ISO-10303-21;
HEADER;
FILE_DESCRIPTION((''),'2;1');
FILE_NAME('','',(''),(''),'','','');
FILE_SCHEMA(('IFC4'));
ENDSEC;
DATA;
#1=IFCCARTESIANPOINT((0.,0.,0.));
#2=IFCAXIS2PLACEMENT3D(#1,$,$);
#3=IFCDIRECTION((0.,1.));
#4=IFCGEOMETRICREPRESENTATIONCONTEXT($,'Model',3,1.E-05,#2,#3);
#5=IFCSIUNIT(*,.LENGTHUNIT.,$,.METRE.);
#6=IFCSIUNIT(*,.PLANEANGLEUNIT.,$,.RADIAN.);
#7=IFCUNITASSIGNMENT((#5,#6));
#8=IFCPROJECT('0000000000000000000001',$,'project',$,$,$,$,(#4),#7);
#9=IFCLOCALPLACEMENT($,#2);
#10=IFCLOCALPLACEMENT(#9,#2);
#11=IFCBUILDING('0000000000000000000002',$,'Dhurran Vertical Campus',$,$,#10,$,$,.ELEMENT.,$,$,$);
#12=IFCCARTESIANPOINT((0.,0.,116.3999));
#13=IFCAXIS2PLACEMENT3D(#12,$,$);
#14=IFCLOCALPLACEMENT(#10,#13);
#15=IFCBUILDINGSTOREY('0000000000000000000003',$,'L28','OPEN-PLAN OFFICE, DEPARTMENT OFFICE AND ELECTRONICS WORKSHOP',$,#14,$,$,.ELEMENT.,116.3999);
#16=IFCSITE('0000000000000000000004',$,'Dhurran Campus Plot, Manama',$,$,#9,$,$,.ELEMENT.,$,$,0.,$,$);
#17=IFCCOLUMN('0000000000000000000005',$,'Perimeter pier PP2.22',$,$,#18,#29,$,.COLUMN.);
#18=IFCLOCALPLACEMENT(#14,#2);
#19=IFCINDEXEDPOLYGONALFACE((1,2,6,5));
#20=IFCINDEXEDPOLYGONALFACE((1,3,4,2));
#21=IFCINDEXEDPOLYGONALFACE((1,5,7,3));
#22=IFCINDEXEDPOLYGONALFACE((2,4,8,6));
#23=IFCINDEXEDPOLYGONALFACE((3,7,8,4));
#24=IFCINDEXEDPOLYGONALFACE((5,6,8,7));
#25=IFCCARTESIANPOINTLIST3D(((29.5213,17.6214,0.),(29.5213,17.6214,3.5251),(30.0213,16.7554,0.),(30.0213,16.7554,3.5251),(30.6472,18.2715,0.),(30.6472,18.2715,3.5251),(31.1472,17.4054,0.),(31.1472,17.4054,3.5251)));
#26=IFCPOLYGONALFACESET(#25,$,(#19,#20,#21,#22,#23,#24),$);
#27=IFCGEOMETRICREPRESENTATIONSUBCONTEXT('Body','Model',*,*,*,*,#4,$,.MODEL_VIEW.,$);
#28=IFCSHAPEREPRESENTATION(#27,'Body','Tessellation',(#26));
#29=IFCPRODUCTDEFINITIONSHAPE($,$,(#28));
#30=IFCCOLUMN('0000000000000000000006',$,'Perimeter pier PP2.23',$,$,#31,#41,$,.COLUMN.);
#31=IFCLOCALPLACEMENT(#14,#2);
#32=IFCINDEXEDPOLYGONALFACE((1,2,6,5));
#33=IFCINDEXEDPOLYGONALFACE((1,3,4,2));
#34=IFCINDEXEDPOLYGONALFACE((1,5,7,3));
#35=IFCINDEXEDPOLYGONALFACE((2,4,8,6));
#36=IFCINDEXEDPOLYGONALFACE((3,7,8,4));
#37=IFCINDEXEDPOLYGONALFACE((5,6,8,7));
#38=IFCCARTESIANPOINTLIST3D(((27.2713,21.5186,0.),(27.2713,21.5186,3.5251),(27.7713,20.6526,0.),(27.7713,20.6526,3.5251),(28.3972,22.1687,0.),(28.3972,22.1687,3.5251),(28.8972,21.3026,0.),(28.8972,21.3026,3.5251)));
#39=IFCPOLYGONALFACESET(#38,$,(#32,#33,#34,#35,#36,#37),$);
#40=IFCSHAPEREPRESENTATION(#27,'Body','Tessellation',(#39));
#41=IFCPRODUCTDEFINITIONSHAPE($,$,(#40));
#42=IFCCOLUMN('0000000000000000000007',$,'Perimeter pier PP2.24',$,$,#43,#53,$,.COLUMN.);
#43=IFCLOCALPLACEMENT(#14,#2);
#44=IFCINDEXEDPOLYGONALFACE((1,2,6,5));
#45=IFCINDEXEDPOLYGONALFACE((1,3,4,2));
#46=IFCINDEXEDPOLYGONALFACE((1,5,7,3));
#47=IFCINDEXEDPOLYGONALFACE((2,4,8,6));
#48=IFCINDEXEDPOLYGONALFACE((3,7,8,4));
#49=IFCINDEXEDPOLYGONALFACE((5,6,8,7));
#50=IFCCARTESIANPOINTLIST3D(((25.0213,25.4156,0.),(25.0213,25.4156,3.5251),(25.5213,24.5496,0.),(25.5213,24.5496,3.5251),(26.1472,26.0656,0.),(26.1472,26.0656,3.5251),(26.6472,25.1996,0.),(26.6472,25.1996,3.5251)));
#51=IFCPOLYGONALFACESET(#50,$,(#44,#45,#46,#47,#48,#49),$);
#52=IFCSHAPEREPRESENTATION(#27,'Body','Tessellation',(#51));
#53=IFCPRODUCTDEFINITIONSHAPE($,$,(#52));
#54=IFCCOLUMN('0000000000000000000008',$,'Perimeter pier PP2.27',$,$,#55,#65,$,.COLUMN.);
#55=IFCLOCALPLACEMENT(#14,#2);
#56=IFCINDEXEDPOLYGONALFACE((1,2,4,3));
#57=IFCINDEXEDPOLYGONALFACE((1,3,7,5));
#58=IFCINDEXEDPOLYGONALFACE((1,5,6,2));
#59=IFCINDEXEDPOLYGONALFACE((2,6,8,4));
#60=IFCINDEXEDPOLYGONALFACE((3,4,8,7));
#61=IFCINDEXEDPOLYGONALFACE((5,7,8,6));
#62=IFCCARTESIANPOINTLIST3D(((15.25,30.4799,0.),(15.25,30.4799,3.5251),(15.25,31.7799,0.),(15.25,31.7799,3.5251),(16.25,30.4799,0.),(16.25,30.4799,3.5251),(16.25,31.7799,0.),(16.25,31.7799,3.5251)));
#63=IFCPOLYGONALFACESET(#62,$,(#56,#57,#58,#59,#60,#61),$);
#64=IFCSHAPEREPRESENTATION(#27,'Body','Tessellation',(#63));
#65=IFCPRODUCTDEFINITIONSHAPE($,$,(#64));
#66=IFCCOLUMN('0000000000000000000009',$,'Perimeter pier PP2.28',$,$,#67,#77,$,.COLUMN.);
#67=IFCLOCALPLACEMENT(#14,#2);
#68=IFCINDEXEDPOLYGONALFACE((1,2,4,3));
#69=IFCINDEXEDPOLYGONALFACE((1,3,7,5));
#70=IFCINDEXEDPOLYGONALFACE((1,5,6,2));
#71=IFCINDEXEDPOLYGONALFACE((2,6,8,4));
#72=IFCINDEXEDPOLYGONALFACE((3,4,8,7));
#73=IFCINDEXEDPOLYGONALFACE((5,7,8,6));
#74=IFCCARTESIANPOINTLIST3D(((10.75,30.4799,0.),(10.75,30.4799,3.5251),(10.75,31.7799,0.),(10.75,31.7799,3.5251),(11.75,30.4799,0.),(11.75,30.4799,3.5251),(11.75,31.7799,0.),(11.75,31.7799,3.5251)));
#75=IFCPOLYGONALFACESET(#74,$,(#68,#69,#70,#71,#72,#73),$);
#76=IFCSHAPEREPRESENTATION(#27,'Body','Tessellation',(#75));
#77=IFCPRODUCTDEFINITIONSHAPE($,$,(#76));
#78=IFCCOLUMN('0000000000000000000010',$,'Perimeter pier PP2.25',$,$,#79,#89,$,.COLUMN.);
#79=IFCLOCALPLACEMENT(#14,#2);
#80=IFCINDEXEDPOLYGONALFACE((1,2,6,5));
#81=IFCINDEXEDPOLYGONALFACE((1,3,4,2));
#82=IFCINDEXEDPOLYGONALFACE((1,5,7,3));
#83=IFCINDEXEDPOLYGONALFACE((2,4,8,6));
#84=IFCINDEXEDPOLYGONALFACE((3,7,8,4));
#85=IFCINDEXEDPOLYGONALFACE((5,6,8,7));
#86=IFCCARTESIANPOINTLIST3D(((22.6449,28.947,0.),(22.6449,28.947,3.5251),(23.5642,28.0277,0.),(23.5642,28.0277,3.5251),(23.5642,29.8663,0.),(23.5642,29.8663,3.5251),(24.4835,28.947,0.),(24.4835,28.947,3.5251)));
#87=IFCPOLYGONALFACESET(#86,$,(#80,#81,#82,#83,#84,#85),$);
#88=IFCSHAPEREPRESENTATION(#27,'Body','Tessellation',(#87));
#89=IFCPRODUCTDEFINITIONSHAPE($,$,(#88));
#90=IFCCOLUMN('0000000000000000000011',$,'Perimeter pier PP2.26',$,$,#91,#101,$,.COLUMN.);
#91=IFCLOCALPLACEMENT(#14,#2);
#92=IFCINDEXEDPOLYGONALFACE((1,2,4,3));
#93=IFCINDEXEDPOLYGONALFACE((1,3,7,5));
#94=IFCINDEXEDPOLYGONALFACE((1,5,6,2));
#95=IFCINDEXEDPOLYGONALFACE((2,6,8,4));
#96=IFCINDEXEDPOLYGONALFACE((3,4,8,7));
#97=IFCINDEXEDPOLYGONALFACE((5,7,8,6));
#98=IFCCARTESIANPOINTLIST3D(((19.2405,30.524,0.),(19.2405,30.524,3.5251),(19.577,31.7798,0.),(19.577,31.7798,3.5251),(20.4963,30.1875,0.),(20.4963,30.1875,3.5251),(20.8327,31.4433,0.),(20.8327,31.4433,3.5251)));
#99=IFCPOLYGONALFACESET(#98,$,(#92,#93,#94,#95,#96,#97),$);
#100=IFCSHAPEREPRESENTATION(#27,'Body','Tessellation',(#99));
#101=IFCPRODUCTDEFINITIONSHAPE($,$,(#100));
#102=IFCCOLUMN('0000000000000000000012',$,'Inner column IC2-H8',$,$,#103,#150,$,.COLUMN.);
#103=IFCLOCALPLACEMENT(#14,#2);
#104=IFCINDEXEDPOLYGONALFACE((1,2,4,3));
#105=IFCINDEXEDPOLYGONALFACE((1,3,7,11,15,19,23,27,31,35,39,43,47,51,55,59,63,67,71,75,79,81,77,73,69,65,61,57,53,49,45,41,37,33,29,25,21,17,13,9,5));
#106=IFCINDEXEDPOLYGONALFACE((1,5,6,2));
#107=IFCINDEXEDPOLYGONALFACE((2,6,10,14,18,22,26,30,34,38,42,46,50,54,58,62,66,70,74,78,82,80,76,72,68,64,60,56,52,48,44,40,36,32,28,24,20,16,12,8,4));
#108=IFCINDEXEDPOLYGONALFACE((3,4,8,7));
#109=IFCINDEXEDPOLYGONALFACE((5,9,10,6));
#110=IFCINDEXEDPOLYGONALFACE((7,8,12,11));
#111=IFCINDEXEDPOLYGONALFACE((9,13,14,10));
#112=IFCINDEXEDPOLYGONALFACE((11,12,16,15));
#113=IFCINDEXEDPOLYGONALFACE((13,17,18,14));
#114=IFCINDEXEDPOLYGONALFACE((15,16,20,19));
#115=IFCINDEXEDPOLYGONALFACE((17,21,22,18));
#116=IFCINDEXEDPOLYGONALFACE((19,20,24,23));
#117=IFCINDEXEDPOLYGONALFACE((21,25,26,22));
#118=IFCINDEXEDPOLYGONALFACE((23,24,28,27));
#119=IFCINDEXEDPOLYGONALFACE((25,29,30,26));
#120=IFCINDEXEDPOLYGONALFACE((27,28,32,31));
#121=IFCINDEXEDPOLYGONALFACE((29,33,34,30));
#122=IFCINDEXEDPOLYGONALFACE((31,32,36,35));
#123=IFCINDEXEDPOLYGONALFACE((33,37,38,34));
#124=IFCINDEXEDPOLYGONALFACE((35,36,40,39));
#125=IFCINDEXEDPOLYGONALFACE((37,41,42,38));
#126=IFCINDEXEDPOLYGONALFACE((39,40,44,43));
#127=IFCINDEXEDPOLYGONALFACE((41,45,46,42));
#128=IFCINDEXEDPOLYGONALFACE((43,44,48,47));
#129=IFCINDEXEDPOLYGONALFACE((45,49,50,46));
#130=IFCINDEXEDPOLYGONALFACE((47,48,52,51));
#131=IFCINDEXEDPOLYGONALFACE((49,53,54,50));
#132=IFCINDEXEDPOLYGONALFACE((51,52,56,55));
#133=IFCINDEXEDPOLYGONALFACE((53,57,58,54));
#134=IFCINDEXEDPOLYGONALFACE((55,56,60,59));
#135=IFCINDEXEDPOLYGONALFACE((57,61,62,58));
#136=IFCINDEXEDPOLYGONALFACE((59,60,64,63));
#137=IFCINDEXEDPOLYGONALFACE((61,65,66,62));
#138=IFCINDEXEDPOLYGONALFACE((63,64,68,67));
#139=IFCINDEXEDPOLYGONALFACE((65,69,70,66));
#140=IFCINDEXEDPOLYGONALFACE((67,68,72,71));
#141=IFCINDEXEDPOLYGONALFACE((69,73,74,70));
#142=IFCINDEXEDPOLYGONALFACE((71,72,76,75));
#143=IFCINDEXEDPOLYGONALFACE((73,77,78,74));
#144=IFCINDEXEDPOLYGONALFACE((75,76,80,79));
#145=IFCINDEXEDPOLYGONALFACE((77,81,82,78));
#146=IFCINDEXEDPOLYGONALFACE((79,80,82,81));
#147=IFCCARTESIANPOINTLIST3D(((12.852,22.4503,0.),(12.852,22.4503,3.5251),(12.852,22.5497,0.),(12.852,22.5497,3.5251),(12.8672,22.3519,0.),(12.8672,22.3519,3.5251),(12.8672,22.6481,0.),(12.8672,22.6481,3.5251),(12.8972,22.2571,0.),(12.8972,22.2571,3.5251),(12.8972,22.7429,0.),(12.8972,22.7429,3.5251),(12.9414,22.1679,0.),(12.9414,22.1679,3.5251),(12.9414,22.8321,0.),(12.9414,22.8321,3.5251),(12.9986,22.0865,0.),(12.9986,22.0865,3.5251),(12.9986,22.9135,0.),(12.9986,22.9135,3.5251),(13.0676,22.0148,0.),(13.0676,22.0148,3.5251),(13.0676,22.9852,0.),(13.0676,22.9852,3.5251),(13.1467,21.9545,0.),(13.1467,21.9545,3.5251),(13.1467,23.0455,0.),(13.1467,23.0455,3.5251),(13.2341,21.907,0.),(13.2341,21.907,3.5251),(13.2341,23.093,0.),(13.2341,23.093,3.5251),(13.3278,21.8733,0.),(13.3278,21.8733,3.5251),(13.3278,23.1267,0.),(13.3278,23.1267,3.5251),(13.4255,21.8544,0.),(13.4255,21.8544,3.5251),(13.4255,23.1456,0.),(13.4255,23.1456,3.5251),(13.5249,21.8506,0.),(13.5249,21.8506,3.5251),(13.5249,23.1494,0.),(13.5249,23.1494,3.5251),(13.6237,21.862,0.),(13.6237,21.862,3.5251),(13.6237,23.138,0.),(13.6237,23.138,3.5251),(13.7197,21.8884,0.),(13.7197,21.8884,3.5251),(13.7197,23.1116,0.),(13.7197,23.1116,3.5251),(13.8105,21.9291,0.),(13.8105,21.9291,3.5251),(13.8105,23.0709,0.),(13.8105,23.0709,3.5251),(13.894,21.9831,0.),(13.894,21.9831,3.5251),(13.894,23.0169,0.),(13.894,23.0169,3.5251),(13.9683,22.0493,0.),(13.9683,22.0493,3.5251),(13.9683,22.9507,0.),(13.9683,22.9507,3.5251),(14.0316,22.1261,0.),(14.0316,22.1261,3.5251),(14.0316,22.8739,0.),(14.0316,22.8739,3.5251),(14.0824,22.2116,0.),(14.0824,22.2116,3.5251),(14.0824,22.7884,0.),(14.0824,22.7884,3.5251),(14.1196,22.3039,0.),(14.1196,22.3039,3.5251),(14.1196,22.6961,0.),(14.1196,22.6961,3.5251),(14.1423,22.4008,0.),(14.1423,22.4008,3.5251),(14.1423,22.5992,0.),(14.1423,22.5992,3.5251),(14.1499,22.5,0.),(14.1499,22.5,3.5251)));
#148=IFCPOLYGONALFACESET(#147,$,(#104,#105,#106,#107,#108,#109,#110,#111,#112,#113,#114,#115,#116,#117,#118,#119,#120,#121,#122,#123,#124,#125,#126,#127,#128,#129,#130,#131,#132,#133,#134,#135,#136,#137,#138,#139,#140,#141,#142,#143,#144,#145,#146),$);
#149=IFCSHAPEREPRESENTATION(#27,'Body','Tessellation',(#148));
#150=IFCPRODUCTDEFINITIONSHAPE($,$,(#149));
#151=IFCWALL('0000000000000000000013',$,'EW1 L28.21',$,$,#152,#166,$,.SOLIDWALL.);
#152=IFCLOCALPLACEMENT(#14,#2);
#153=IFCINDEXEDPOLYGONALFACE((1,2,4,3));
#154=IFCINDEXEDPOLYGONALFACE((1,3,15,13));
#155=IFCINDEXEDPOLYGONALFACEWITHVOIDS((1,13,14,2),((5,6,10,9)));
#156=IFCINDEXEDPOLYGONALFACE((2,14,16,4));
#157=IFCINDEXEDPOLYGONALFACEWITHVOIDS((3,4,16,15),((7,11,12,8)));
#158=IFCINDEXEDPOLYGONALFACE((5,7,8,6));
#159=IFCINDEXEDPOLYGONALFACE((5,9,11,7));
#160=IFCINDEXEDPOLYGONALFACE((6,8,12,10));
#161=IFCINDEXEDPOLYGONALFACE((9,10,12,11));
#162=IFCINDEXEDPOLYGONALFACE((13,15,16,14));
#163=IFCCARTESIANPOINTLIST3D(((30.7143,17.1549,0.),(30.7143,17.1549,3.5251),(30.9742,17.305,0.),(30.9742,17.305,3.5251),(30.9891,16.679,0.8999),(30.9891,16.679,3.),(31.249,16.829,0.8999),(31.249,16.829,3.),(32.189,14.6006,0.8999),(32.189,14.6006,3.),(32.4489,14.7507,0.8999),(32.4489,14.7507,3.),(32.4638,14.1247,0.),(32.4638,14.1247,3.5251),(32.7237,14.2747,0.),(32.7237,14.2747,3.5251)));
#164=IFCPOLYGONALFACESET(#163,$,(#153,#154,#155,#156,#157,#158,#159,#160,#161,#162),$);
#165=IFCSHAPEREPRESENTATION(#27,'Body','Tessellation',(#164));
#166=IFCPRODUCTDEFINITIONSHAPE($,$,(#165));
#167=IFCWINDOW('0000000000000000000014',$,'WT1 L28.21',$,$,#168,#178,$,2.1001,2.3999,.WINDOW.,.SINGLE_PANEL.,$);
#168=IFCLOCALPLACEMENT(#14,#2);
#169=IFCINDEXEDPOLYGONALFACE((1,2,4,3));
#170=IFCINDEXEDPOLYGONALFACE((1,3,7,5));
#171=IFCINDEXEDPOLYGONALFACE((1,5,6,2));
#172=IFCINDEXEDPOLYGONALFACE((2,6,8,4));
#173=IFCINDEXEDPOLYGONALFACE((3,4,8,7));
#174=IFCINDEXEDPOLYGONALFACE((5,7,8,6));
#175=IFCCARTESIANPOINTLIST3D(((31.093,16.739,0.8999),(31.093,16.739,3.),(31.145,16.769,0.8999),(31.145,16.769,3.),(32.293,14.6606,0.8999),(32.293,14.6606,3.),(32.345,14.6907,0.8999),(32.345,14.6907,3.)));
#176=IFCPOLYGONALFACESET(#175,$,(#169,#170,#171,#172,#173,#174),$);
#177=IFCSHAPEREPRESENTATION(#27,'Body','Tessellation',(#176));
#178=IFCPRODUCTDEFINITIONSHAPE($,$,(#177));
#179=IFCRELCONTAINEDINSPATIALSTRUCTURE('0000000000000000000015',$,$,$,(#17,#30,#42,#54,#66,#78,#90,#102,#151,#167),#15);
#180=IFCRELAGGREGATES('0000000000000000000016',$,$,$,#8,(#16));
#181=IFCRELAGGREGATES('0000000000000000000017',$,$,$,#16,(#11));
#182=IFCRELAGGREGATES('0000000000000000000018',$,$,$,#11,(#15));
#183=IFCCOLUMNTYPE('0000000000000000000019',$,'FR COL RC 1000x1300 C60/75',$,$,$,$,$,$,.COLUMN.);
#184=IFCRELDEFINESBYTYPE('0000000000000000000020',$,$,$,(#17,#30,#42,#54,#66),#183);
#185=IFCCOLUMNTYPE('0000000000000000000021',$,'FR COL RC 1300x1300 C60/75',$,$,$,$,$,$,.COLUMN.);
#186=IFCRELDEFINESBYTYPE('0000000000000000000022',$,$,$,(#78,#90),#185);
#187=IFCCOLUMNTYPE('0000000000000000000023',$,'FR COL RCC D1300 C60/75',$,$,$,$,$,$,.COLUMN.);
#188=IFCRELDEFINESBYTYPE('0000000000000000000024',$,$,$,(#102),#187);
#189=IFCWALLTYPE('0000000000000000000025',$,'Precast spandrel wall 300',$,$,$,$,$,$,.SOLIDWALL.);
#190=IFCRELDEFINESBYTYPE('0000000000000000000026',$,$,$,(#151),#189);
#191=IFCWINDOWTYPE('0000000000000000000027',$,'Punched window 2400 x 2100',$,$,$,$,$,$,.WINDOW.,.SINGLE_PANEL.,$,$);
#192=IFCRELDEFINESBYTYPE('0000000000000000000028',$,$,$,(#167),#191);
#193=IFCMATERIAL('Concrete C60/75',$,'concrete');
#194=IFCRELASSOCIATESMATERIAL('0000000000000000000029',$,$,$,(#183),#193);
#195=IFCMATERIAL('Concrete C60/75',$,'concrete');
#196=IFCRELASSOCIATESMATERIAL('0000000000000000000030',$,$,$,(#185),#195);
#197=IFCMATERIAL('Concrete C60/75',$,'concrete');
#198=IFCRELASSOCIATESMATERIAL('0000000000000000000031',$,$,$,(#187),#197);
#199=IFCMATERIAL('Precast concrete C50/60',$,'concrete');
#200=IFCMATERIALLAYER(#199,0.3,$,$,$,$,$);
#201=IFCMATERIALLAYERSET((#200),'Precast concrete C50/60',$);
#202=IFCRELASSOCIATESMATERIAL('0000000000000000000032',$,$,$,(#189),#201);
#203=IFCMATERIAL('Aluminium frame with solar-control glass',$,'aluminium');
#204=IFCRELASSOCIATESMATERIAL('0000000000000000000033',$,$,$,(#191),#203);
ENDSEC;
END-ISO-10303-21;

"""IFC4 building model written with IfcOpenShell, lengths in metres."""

from ifc_helpers import new_model, si_unit, direction, frame, frame_2d, origin, origin_2d, place, context, subcontext, project, spatial, rectangle, circle, extrude, material, layer, layer_set, material_profile, profile_set, type_object, element, fill, save


model = new_model("IFC4")

# Units and contexts
model_context = context("Model", 3, precision=1e-05, world=origin(), true_north=direction((0.0, 1.0)))
body_context = subcontext(model_context, "Body", "Model", "MODEL_VIEW")
ifc_project = project(units=[si_unit("LENGTHUNIT", "METRE"), si_unit("PLANEANGLEUNIT", "RADIAN")], contexts=[model_context])

# Site, building, storey
site_placement = place(None, origin())
site = spatial("IfcSite", under=ifc_project, at=site_placement, Name="Dhurran Campus Plot, Manama", CompositionType="ELEMENT", RefElevation=0.0)
building_placement = place(site_placement, origin())
building = spatial("IfcBuilding", under=site, at=building_placement, Name="Dhurran Vertical Campus", CompositionType="ELEMENT")
storey_placement = place(building_placement, frame((0.0, 0.0, 116.3999)))
storey = spatial("IfcBuildingStorey", under=building, at=storey_placement, Name="L28", Description="OPEN-PLAN OFFICE, DEPARTMENT OFFICE AND ELECTRONICS WORKSHOP", CompositionType="ELEMENT", Elevation=116.3999)

# Columns
ifc_material_1 = material(Name="Concrete C60/75", Category="concrete")
ifc_material_profile_1 = material_profile(ifc_material_1, rectangle(XDim=1.0, YDim=1.3, at=origin_2d()), Name="RC 1000x1300")
ifc_profile_set_1 = profile_set([ifc_material_profile_1], Name="Concrete C60/75")
column_type_1 = type_object("IfcColumnType", Name="FR COL RC 1000x1300 C60/75", PredefinedType="COLUMN", material=ifc_profile_set_1)
for number, where, z_axis, x_axis, name in (
    (1, (30.3342, 17.5134, 0.0), (0.0, 0.0, 1.0), (-0.5, 0.866025, 0.0), "Perimeter pier PP2.22"),
    (2, (28.0842, 21.4106, 0.0), (0.0, 0.0, 1.0), (-0.5, 0.866025, 0.0), "Perimeter pier PP2.23"),
    (3, (25.8342, 25.3076, 0.0), (0.0, 0.0, 1.0), (-0.5, 0.866025, 0.0), "Perimeter pier PP2.24"),
    (4, (15.75, 31.1299, 0.0), (0.0, 0.0, 1.0), (-1.0, 0.0, 0.0), "Perimeter pier PP2.27"),
    (5, (11.25, 31.1299, 0.0), (0.0, 0.0, 1.0), (-1.0, 0.0, 0.0), "Perimeter pier PP2.28"),
):
    element("IfcColumn", number, at=place(storey_placement, frame(where, z_axis=z_axis, x_axis=x_axis)), inside=storey, type_object=column_type_1, Name=name, PredefinedType="COLUMN", context=body_context, shape_type="SweptSolid", body=[
        extrude(rectangle(XDim=1.0, YDim=1.3, at=origin_2d()), origin(), (0.0, 0.0, 1.0), 3.5251),
    ])
ifc_material_2 = material(Name="Concrete C60/75", Category="concrete")
ifc_material_profile_2 = material_profile(ifc_material_2, rectangle(XDim=1.3, YDim=1.3, at=origin_2d()), Name="RC 1300x1300")
ifc_profile_set_2 = profile_set([ifc_material_profile_2], Name="Concrete C60/75")
column_type_2 = type_object("IfcColumnType", Name="FR COL RC 1300x1300 C60/75", PredefinedType="COLUMN", material=ifc_profile_set_2)
for number, where, z_axis, x_axis, name in (
    (6, (23.5642, 28.947, 0.0), (0.0, 0.0, 1.0), (-0.707107, 0.707107, 0.0), "Perimeter pier PP2.25"),
    (7, (20.0366, 30.9836, 0.0), (0.0, 0.0, 1.0), (-0.965926, 0.258819, 0.0), "Perimeter pier PP2.26"),
):
    element("IfcColumn", number, at=place(storey_placement, frame(where, z_axis=z_axis, x_axis=x_axis)), inside=storey, type_object=column_type_2, Name=name, PredefinedType="COLUMN", context=body_context, shape_type="SweptSolid", body=[
        extrude(rectangle(XDim=1.3, YDim=1.3, at=origin_2d()), origin(), (0.0, 0.0, 1.0), 3.5251),
    ])
ifc_material_3 = material(Name="Concrete C60/75", Category="concrete")
ifc_material_profile_3 = material_profile(ifc_material_3, circle(Radius=0.6499, at=origin_2d()), Name="RCC D1300")
ifc_profile_set_3 = profile_set([ifc_material_profile_3], Name="Concrete C60/75")
column_type_3 = type_object("IfcColumnType", Name="FR COL RCC D1300 C60/75", PredefinedType="COLUMN", material=ifc_profile_set_3)
column_placement = place(storey_placement, frame((13.5, 22.5, 0.0), z_axis=(0.0, 0.0, 1.0), x_axis=(1.0, 0.0, 0.0)))
element("IfcColumn", 8, at=column_placement, inside=storey, type_object=column_type_3, Name="Inner column IC2-H8", PredefinedType="COLUMN", context=body_context, shape_type="SweptSolid", body=[
    extrude(circle(Radius=0.6499, at=origin_2d()), origin(), (0.0, 0.0, 1.0), 3.5251),
])

# Wall, opening, window
ifc_material_4 = material(Name="Precast concrete C50/60", Category="concrete")
ifc_layer_1 = layer(ifc_material_4, 0.3)
ifc_layer_set_1 = layer_set([ifc_layer_1], Name="Precast concrete C50/60")
wall_type_1 = type_object("IfcWallType", Name="Precast spandrel wall 300", PredefinedType="SOLIDWALL", material=ifc_layer_set_1)
wall_1_placement = place(storey_placement, frame((32.5938, 14.1997, 0.0), z_axis=(0.0, 0.0, 1.0), x_axis=(-0.499996, 0.866028, 0.0)))
wall_1 = element("IfcWall", 9, at=wall_1_placement, inside=storey, type_object=wall_type_1, Name="EW1 L28.21", PredefinedType="SOLIDWALL", context=body_context, shape_type="SweptSolid", body=[
    extrude(rectangle(XDim=3.499, YDim=0.3, at=frame_2d((1.7495, 0.0))), origin(), (0.0, 0.0, 1.0), 3.5251),
])
opening_1_placement = place(wall_1_placement, frame((0.5496, 0.0, 0.8999)))
opening_1 = element("IfcOpeningElement", 10, at=opening_1_placement, cuts=wall_1, PredefinedType="OPENING", context=body_context, shape_type="SweptSolid", body=[
    extrude(rectangle(XDim=2.3999, YDim=2.1001, at=frame_2d((1.2, 1.05))), frame((0.0, 0.1599, 0.0), z_axis=(0.0, -1.0, 0.0), x_axis=(1.0, 0.0, 0.0)), (0.0, 0.0, 1.0), 0.3201),
])
ifc_material_5 = material(Name="Aluminium frame with solar-control glass", Category="aluminium")
window_type = type_object("IfcWindowType", Name="Punched window 2400 x 2100", PartitioningType="SINGLE_PANEL", PredefinedType="WINDOW", material=ifc_material_5)
window_1_placement = place(opening_1_placement, origin())
window_1 = element("IfcWindow", 11, at=window_1_placement, inside=storey, type_object=window_type, Name="WT1 L28.21", OverallHeight=2.1001, OverallWidth=2.3999, PartitioningType="SINGLE_PANEL", PredefinedType="WINDOW", context=body_context, shape_type="SweptSolid", body=[
    extrude(rectangle(XDim=2.3999, YDim=2.1001, at=frame_2d((1.2, 1.05))), frame((0.0, 0.03, 0.0), z_axis=(0.0, -1.0, 0.0), x_axis=(1.0, 0.0, 0.0)), (0.0, 0.0, 1.0), 0.0601),
])
fill(opening_1, window_1)

save(model, "model.ifc")
